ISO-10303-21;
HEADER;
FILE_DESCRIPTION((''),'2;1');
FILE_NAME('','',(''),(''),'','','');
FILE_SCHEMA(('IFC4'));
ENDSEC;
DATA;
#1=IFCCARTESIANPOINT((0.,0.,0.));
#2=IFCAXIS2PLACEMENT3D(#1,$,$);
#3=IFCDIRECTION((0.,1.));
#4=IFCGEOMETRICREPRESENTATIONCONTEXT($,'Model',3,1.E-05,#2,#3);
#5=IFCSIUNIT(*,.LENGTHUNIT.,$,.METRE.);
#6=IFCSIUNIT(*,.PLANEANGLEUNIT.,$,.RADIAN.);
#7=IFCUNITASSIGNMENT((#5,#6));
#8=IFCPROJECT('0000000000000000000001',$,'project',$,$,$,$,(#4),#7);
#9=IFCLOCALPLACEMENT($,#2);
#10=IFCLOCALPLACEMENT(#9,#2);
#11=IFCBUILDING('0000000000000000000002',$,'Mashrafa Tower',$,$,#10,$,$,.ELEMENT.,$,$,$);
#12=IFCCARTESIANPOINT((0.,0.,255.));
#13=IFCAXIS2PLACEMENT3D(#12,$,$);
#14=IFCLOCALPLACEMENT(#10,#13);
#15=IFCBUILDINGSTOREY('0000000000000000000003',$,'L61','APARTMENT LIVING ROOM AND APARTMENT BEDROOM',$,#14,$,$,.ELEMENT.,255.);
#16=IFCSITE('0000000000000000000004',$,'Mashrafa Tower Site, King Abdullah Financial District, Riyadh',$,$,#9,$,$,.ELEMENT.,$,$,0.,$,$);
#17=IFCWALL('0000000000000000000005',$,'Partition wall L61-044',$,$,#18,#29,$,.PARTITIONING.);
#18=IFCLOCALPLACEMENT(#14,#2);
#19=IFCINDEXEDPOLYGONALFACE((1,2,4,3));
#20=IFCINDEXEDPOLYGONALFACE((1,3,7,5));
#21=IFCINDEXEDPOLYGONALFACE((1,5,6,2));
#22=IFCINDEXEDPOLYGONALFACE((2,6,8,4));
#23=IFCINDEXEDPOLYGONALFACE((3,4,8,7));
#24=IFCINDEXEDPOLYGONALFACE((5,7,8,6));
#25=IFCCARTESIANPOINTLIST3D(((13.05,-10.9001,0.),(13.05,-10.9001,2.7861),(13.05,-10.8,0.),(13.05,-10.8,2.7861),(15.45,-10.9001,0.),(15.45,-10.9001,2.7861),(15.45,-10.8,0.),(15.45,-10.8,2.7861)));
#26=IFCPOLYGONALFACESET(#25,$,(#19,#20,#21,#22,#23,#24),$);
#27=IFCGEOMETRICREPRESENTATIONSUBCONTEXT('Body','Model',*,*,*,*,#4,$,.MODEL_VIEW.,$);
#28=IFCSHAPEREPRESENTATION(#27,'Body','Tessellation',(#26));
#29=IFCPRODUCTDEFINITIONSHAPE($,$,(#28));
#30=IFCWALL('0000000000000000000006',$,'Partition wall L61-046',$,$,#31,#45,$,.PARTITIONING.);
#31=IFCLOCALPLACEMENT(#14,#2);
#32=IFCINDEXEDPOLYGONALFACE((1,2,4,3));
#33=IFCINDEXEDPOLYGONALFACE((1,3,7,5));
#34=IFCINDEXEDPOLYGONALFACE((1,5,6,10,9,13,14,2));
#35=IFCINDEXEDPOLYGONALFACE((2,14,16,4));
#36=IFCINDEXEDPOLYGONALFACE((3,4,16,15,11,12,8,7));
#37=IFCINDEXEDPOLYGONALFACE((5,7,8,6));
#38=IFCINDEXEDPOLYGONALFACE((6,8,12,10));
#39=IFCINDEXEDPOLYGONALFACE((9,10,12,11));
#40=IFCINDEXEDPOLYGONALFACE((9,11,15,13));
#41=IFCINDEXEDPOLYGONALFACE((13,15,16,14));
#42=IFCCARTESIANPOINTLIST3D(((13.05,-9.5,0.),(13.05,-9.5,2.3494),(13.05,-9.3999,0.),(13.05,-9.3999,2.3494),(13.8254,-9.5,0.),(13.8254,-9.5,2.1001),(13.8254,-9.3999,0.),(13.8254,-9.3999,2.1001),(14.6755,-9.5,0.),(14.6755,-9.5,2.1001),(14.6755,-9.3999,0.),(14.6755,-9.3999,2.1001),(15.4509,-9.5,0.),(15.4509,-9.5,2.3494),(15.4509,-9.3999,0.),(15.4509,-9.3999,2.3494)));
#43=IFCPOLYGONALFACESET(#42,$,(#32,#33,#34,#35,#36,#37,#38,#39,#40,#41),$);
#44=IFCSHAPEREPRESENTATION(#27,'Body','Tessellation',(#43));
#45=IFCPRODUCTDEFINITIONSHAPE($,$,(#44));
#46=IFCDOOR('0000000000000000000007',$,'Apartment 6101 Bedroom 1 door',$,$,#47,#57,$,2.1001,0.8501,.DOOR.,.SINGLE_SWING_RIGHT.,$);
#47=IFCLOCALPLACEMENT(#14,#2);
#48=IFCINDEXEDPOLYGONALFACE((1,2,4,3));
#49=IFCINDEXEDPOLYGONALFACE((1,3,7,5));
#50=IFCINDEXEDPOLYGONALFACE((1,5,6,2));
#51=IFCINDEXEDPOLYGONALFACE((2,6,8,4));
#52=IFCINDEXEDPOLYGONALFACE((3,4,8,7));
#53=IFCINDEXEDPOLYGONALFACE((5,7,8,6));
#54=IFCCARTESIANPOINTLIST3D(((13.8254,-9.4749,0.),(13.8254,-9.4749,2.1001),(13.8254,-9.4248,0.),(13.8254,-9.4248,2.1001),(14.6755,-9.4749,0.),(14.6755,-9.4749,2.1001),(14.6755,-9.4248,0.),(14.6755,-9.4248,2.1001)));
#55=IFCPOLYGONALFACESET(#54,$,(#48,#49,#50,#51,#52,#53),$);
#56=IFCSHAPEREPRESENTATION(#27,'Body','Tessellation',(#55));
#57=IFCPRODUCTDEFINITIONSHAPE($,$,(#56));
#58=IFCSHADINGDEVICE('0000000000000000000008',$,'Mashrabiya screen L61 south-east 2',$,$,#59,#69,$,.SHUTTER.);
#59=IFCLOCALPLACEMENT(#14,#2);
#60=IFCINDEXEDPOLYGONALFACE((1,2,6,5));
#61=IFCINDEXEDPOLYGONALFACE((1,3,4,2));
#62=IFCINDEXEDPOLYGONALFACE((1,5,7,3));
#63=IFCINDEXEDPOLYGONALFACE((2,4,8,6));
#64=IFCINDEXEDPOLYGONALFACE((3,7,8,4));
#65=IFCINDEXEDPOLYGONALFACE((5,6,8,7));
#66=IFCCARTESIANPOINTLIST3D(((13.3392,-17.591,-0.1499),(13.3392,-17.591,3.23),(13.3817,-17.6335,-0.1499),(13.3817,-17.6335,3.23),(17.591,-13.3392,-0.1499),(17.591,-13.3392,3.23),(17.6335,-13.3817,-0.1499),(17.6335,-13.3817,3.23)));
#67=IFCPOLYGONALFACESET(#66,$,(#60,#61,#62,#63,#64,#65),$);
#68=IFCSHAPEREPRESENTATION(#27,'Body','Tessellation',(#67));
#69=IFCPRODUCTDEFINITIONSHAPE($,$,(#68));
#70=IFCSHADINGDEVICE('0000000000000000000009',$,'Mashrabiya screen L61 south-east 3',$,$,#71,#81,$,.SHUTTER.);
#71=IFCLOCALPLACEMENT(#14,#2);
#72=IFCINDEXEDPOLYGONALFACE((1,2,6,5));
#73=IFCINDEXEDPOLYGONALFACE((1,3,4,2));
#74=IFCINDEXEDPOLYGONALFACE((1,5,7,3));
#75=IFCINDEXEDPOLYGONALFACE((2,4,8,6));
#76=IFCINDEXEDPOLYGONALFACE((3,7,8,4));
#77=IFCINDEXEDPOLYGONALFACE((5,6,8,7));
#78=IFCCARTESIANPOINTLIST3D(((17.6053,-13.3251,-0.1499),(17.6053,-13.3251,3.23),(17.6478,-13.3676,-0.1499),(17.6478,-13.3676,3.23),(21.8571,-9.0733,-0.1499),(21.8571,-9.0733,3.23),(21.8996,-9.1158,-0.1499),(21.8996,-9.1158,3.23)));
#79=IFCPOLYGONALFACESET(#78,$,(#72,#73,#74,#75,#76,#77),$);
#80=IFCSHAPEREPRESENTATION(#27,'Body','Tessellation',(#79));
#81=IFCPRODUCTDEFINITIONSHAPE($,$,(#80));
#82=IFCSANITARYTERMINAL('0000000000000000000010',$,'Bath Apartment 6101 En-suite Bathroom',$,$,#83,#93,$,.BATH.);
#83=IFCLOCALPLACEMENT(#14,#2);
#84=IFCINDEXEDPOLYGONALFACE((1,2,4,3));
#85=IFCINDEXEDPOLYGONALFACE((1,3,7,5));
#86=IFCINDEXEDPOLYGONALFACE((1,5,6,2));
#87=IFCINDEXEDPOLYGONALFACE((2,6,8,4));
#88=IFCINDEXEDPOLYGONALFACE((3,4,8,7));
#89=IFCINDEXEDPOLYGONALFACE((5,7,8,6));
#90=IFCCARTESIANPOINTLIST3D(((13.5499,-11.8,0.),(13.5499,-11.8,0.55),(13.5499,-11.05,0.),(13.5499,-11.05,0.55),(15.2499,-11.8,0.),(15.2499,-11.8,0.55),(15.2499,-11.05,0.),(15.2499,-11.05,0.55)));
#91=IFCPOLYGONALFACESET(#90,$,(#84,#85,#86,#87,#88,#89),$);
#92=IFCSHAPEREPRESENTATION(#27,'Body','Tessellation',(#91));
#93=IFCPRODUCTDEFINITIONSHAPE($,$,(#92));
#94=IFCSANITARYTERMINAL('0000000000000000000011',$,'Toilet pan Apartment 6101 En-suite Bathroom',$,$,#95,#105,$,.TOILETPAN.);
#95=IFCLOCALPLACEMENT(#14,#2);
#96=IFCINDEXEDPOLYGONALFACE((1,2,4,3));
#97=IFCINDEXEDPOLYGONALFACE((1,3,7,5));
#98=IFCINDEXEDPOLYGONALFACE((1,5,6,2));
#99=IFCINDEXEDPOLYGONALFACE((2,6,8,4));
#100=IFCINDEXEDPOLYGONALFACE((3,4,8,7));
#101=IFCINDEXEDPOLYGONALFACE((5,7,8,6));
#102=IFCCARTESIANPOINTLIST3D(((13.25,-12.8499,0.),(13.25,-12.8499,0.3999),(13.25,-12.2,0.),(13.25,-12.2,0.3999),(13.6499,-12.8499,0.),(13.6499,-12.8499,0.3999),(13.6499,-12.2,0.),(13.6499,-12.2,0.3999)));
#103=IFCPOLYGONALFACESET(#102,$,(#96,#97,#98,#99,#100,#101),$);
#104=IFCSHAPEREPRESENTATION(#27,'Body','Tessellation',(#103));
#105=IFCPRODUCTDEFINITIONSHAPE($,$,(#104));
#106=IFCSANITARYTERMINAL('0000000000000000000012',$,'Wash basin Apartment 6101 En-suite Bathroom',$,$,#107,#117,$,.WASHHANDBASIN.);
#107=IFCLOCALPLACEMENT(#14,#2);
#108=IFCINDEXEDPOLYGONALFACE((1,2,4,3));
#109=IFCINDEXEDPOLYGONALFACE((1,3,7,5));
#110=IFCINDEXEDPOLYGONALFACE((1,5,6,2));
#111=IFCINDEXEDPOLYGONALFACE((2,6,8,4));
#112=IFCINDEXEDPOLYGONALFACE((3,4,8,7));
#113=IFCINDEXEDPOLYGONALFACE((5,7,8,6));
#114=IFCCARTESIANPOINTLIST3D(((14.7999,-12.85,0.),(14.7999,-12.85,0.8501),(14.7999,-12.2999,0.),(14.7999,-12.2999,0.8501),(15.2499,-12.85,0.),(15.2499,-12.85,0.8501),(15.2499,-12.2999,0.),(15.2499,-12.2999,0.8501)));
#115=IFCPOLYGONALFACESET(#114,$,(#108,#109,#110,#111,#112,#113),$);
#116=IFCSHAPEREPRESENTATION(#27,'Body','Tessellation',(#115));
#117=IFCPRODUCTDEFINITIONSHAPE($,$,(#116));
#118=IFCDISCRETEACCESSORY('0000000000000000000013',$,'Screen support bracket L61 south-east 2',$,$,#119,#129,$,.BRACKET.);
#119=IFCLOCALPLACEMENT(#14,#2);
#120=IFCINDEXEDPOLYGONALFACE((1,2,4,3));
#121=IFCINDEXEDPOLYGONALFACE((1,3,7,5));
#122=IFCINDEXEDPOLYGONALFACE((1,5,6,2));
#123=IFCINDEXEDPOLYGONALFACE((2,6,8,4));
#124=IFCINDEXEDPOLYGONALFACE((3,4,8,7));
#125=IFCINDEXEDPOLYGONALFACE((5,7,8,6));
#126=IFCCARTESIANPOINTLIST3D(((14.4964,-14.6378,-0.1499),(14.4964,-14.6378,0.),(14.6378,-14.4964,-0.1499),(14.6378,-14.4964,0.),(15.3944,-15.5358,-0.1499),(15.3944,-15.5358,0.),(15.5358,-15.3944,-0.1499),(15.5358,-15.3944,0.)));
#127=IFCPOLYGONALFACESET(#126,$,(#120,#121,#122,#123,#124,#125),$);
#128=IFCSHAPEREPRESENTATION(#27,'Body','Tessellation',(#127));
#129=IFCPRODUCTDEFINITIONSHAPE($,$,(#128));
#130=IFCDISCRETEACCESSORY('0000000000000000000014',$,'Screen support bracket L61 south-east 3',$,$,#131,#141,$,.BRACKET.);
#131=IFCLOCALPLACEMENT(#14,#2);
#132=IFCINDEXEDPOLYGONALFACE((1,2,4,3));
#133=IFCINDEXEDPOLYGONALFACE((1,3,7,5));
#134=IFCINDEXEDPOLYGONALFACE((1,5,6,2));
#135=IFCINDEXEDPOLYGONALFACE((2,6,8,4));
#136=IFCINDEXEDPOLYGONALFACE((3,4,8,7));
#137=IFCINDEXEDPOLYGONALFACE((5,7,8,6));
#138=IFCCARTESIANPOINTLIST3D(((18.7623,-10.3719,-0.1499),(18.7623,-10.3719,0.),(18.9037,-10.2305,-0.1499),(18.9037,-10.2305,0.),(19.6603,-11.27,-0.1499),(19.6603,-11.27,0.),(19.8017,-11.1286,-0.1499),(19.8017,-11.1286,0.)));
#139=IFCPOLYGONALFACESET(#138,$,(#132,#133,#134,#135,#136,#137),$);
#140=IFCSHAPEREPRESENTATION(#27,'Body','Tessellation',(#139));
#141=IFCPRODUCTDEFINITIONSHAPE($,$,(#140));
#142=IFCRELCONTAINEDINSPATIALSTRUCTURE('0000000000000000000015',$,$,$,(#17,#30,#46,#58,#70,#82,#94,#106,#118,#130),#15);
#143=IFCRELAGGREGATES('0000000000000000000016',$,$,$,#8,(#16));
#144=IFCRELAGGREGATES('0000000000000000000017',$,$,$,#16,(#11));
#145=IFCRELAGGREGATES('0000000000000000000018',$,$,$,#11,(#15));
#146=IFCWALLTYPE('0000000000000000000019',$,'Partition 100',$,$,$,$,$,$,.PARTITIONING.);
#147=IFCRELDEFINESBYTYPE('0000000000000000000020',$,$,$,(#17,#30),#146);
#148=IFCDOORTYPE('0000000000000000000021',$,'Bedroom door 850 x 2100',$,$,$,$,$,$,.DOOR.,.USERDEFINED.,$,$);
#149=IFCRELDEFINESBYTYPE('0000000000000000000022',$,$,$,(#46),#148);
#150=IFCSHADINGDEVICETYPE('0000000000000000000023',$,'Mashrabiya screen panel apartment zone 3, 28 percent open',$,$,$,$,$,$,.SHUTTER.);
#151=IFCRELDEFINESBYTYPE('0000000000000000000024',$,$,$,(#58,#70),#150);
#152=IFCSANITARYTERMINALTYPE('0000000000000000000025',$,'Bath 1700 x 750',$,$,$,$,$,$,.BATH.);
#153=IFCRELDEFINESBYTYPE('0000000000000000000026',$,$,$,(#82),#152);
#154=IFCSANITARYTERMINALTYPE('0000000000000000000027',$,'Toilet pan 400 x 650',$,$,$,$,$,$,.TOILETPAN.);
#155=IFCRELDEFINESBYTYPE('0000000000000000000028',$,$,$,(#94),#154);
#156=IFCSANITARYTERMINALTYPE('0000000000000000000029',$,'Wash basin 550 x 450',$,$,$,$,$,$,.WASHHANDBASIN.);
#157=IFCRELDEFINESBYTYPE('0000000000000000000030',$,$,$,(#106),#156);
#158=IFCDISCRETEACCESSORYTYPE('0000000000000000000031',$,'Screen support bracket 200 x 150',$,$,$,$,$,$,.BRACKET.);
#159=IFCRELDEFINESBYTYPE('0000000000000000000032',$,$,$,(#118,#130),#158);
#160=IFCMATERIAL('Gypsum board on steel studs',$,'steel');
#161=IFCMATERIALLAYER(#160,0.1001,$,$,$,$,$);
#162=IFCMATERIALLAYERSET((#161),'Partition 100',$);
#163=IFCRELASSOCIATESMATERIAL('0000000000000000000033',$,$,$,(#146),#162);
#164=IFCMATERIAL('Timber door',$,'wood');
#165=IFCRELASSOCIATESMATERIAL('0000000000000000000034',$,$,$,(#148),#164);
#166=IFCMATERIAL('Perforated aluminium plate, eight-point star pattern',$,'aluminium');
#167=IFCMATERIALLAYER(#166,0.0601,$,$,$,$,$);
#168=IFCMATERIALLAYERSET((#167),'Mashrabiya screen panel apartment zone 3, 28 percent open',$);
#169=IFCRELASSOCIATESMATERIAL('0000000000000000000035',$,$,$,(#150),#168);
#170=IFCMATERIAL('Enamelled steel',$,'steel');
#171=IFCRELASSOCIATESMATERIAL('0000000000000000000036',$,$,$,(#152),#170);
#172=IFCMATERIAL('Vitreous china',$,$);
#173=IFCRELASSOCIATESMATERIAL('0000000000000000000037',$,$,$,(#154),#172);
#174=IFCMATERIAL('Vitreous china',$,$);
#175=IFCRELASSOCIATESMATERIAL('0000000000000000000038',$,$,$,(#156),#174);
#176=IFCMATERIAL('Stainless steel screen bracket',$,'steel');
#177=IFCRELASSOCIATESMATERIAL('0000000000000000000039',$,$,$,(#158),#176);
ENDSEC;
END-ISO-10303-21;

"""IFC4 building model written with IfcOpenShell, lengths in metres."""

from ifc_helpers import new_model, si_unit, direction, frame, frame_2d, origin, origin_2d, place, context, subcontext, project, spatial, rectangle, extrude, source, transform, mapped, material, layer, layer_set, type_object, type_shapes, element, fill, save


model = new_model("IFC4")

# Units and contexts
model_context = context("Model", 3, precision=1e-05, world=origin(), true_north=direction((0.0, 1.0)))
body_context = subcontext(model_context, "Body", "Model", "MODEL_VIEW")
ifc_project = project(units=[si_unit("LENGTHUNIT", "METRE"), si_unit("PLANEANGLEUNIT", "RADIAN")], contexts=[model_context])

# Site, building, storey
site_placement = place(None, origin())
site = spatial("IfcSite", under=ifc_project, at=site_placement, Name="Mashrafa Tower Site, King Abdullah Financial District, Riyadh", CompositionType="ELEMENT", RefElevation=0.0)
building_placement = place(site_placement, origin())
building = spatial("IfcBuilding", under=site, at=building_placement, Name="Mashrafa Tower", CompositionType="ELEMENT")
storey_placement = place(building_placement, frame((0.0, 0.0, 255.0)))
storey = spatial("IfcBuildingStorey", under=building, at=storey_placement, Name="L61", Description="APARTMENT LIVING ROOM AND APARTMENT BEDROOM", CompositionType="ELEMENT", Elevation=255.0)

# Shared definitions
ifc_material_1 = material(Name="Gypsum board on steel studs", Category="steel")
ifc_layer_1 = layer(ifc_material_1, 0.1001)
ifc_layer_set_1 = layer_set([ifc_layer_1], Name="Partition 100")
wall_type_1 = type_object("IfcWallType", Name="Partition 100", PredefinedType="PARTITIONING", material=ifc_layer_set_1)

# Wall
wall_1_placement = place(storey_placement, frame((15.45, -10.8501, 0.0), z_axis=(0.0, 0.0, 1.0), x_axis=(-1.0, 0.0, 0.0)))
element("IfcWall", 1, at=wall_1_placement, inside=storey, type_object=wall_type_1, Name="Partition wall L61-044", PredefinedType="PARTITIONING", context=body_context, shape_type="SweptSolid", body=[
    extrude(rectangle(XDim=2.3999, YDim=0.1001, at=frame_2d((1.2, 0.0))), origin(), (0.0, 0.0, 1.0), 2.7861),
])

# Wall, opening, door
wall_2_placement = place(storey_placement, frame((15.4509, -9.45, 0.0), z_axis=(0.0, 0.0, 1.0), x_axis=(-1.0, 0.0, 0.0)))
wall_2 = element("IfcWall", 2, at=wall_2_placement, inside=storey, type_object=wall_type_1, Name="Partition wall L61-046", PredefinedType="PARTITIONING", context=body_context, shape_type="SweptSolid", body=[
    extrude(rectangle(XDim=2.4009, YDim=0.1001, at=frame_2d((1.2004, 0.0))), origin(), (0.0, 0.0, 1.0), 2.3494),
])
opening_1_placement = place(wall_2_placement, frame((0.7754, 0.0, 0.0)))
opening_1 = element("IfcOpeningElement", 3, at=opening_1_placement, cuts=wall_2, PredefinedType="OPENING", context=body_context, shape_type="SweptSolid", body=[
    extrude(rectangle(XDim=0.8501, YDim=2.1001, at=frame_2d((0.425, 1.05))), frame((0.0, 0.0601, 0.0), z_axis=(0.0, -1.0, 0.0), x_axis=(1.0, 0.0, 0.0)), (0.0, 0.0, 1.0), 0.1201),
])
ifc_material_2 = material(Name="Timber door", Category="wood")
door_type_1 = type_object("IfcDoorType", Name="Bedroom door 850 x 2100", OperationType="USERDEFINED", PredefinedType="DOOR", material=ifc_material_2)
door_1_placement = place(opening_1_placement, origin())
door_1 = element("IfcDoor", 4, at=door_1_placement, inside=storey, type_object=door_type_1, Name="Apartment 6101 Bedroom 1 door", OperationType="SINGLE_SWING_RIGHT", OverallHeight=2.1001, OverallWidth=0.8501, PredefinedType="DOOR", context=body_context, shape_type="SweptSolid", body=[
    extrude(rectangle(XDim=0.8501, YDim=2.1001, at=frame_2d((0.425, 1.05))), frame((0.0, 0.0249, 0.0), z_axis=(0.0, -1.0, 0.0), x_axis=(1.0, 0.0, 0.0)), (0.0, 0.0, 1.0), 0.05),
])
fill(opening_1, door_1)

# Shading devices
ifc_material_3 = material(Name="Perforated aluminium plate, eight-point star pattern", Category="aluminium")
ifc_layer_2 = layer(ifc_material_3, 0.0601)
ifc_layer_set_2 = layer_set([ifc_layer_2], Name="Mashrabiya screen panel apartment zone 3, 28 percent open")
shading_device_type = type_object("IfcShadingDeviceType", Name="Mashrabiya screen panel apartment zone 3, 28 percent open", PredefinedType="SHUTTER", material=ifc_layer_set_2)
shared_shape_1 = source(origin(), body_context, "Body", "SweptSolid", [
    extrude(rectangle(XDim=6.0129, YDim=0.0601, at=origin_2d()), origin(), (0.0, 0.0, 1.0), 3.3799),
])
type_shapes(shading_device_type, [shared_shape_1])
for number, where, z_axis, x_axis, name in (
    (5, (15.4863, -15.4863, -0.1499), (0.0, 0.0, 1.0), (0.707107, 0.707107, 0.0), "Mashrabiya screen L61 south-east 2"),
    (6, (19.7524, -11.2205, -0.1499), (0.0, 0.0, 1.0), (0.707107, 0.707107, 0.0), "Mashrabiya screen L61 south-east 3"),
):
    element("IfcShadingDevice", number, at=place(storey_placement, frame(where, z_axis=z_axis, x_axis=x_axis)), inside=storey, type_object=shading_device_type, Name=name, PredefinedType="SHUTTER", context=body_context, shape_type="MappedRepresentation", body=[
        mapped(shared_shape_1, transform((0.0, 0.0, 0.0))),
    ])

# Sanitary terminals
ifc_material_4 = material(Name="Enamelled steel", Category="steel")
sanitary_terminal_type_1 = type_object("IfcSanitaryTerminalType", Name="Bath 1700 x 750", PredefinedType="BATH", material=ifc_material_4)
sanitary_terminal_1_placement = place(storey_placement, frame((14.3999, -11.425, 0.0), z_axis=(0.0, 0.0, 1.0), x_axis=(-1.0, 0.0, 0.0)))
element("IfcSanitaryTerminal", 7, at=sanitary_terminal_1_placement, inside=storey, type_object=sanitary_terminal_type_1, Name="Bath Apartment 6101 En-suite Bathroom", PredefinedType="BATH", context=body_context, shape_type="SweptSolid", body=[
    extrude(rectangle(XDim=1.7, YDim=0.75, at=origin_2d()), origin(), (0.0, 0.0, 1.0), 0.55),
])
ifc_material_5 = material(Name="Vitreous china")
sanitary_terminal_type_2 = type_object("IfcSanitaryTerminalType", Name="Toilet pan 400 x 650", PredefinedType="TOILETPAN", material=ifc_material_5)
sanitary_terminal_2_placement = place(storey_placement, frame((13.45, -12.5249, 0.0), z_axis=(0.0, 0.0, 1.0), x_axis=(1.0, 0.0, 0.0)))
element("IfcSanitaryTerminal", 8, at=sanitary_terminal_2_placement, inside=storey, type_object=sanitary_terminal_type_2, Name="Toilet pan Apartment 6101 En-suite Bathroom", PredefinedType="TOILETPAN", context=body_context, shape_type="SweptSolid", body=[
    extrude(rectangle(XDim=0.3999, YDim=0.6499, at=origin_2d()), origin(), (0.0, 0.0, 1.0), 0.3999),
])
ifc_material_6 = material(Name="Vitreous china")
sanitary_terminal_type_3 = type_object("IfcSanitaryTerminalType", Name="Wash basin 550 x 450", PredefinedType="WASHHANDBASIN", material=ifc_material_6)
sanitary_terminal_3_placement = place(storey_placement, frame((15.0249, -12.575, 0.0), z_axis=(0.0, 0.0, 1.0), x_axis=(0.0, 1.0, 0.0)))
element("IfcSanitaryTerminal", 9, at=sanitary_terminal_3_placement, inside=storey, type_object=sanitary_terminal_type_3, Name="Wash basin Apartment 6101 En-suite Bathroom", PredefinedType="WASHHANDBASIN", context=body_context, shape_type="SweptSolid", body=[
    extrude(rectangle(XDim=0.55, YDim=0.45, at=origin_2d()), origin(), (0.0, 0.0, 1.0), 0.8501),
])

# Discrete accessories
ifc_material_7 = material(Name="Stainless steel screen bracket", Category="steel")
discrete_accessory_type = type_object("IfcDiscreteAccessoryType", Name="Screen support bracket 200 x 150", PredefinedType="BRACKET", material=ifc_material_7)
shared_shape_2 = source(origin(), body_context, "Body", "SweptSolid", [
    extrude(rectangle(XDim=0.2, YDim=1.27, at=origin_2d()), origin(), (0.0, 0.0, 1.0), 0.1499),
])
type_shapes(discrete_accessory_type, [shared_shape_2])
for number, where, z_axis, x_axis, name in (
    (10, (15.0161, -15.0161, -0.1499), (0.0, 0.0, 1.0), (0.707107, 0.707107, 0.0), "Screen support bracket L61 south-east 2"),
    (11, (19.282, -10.7502, -0.1499), (0.0, 0.0, 1.0), (0.707107, 0.707107, 0.0), "Screen support bracket L61 south-east 3"),
):
    element("IfcDiscreteAccessory", number, at=place(storey_placement, frame(where, z_axis=z_axis, x_axis=x_axis)), inside=storey, type_object=discrete_accessory_type, Name=name, PredefinedType="BRACKET", context=body_context, shape_type="MappedRepresentation", body=[
        mapped(shared_shape_2, transform((0.0, 0.0, 0.0))),
    ])

save(model, "model.ifc")
